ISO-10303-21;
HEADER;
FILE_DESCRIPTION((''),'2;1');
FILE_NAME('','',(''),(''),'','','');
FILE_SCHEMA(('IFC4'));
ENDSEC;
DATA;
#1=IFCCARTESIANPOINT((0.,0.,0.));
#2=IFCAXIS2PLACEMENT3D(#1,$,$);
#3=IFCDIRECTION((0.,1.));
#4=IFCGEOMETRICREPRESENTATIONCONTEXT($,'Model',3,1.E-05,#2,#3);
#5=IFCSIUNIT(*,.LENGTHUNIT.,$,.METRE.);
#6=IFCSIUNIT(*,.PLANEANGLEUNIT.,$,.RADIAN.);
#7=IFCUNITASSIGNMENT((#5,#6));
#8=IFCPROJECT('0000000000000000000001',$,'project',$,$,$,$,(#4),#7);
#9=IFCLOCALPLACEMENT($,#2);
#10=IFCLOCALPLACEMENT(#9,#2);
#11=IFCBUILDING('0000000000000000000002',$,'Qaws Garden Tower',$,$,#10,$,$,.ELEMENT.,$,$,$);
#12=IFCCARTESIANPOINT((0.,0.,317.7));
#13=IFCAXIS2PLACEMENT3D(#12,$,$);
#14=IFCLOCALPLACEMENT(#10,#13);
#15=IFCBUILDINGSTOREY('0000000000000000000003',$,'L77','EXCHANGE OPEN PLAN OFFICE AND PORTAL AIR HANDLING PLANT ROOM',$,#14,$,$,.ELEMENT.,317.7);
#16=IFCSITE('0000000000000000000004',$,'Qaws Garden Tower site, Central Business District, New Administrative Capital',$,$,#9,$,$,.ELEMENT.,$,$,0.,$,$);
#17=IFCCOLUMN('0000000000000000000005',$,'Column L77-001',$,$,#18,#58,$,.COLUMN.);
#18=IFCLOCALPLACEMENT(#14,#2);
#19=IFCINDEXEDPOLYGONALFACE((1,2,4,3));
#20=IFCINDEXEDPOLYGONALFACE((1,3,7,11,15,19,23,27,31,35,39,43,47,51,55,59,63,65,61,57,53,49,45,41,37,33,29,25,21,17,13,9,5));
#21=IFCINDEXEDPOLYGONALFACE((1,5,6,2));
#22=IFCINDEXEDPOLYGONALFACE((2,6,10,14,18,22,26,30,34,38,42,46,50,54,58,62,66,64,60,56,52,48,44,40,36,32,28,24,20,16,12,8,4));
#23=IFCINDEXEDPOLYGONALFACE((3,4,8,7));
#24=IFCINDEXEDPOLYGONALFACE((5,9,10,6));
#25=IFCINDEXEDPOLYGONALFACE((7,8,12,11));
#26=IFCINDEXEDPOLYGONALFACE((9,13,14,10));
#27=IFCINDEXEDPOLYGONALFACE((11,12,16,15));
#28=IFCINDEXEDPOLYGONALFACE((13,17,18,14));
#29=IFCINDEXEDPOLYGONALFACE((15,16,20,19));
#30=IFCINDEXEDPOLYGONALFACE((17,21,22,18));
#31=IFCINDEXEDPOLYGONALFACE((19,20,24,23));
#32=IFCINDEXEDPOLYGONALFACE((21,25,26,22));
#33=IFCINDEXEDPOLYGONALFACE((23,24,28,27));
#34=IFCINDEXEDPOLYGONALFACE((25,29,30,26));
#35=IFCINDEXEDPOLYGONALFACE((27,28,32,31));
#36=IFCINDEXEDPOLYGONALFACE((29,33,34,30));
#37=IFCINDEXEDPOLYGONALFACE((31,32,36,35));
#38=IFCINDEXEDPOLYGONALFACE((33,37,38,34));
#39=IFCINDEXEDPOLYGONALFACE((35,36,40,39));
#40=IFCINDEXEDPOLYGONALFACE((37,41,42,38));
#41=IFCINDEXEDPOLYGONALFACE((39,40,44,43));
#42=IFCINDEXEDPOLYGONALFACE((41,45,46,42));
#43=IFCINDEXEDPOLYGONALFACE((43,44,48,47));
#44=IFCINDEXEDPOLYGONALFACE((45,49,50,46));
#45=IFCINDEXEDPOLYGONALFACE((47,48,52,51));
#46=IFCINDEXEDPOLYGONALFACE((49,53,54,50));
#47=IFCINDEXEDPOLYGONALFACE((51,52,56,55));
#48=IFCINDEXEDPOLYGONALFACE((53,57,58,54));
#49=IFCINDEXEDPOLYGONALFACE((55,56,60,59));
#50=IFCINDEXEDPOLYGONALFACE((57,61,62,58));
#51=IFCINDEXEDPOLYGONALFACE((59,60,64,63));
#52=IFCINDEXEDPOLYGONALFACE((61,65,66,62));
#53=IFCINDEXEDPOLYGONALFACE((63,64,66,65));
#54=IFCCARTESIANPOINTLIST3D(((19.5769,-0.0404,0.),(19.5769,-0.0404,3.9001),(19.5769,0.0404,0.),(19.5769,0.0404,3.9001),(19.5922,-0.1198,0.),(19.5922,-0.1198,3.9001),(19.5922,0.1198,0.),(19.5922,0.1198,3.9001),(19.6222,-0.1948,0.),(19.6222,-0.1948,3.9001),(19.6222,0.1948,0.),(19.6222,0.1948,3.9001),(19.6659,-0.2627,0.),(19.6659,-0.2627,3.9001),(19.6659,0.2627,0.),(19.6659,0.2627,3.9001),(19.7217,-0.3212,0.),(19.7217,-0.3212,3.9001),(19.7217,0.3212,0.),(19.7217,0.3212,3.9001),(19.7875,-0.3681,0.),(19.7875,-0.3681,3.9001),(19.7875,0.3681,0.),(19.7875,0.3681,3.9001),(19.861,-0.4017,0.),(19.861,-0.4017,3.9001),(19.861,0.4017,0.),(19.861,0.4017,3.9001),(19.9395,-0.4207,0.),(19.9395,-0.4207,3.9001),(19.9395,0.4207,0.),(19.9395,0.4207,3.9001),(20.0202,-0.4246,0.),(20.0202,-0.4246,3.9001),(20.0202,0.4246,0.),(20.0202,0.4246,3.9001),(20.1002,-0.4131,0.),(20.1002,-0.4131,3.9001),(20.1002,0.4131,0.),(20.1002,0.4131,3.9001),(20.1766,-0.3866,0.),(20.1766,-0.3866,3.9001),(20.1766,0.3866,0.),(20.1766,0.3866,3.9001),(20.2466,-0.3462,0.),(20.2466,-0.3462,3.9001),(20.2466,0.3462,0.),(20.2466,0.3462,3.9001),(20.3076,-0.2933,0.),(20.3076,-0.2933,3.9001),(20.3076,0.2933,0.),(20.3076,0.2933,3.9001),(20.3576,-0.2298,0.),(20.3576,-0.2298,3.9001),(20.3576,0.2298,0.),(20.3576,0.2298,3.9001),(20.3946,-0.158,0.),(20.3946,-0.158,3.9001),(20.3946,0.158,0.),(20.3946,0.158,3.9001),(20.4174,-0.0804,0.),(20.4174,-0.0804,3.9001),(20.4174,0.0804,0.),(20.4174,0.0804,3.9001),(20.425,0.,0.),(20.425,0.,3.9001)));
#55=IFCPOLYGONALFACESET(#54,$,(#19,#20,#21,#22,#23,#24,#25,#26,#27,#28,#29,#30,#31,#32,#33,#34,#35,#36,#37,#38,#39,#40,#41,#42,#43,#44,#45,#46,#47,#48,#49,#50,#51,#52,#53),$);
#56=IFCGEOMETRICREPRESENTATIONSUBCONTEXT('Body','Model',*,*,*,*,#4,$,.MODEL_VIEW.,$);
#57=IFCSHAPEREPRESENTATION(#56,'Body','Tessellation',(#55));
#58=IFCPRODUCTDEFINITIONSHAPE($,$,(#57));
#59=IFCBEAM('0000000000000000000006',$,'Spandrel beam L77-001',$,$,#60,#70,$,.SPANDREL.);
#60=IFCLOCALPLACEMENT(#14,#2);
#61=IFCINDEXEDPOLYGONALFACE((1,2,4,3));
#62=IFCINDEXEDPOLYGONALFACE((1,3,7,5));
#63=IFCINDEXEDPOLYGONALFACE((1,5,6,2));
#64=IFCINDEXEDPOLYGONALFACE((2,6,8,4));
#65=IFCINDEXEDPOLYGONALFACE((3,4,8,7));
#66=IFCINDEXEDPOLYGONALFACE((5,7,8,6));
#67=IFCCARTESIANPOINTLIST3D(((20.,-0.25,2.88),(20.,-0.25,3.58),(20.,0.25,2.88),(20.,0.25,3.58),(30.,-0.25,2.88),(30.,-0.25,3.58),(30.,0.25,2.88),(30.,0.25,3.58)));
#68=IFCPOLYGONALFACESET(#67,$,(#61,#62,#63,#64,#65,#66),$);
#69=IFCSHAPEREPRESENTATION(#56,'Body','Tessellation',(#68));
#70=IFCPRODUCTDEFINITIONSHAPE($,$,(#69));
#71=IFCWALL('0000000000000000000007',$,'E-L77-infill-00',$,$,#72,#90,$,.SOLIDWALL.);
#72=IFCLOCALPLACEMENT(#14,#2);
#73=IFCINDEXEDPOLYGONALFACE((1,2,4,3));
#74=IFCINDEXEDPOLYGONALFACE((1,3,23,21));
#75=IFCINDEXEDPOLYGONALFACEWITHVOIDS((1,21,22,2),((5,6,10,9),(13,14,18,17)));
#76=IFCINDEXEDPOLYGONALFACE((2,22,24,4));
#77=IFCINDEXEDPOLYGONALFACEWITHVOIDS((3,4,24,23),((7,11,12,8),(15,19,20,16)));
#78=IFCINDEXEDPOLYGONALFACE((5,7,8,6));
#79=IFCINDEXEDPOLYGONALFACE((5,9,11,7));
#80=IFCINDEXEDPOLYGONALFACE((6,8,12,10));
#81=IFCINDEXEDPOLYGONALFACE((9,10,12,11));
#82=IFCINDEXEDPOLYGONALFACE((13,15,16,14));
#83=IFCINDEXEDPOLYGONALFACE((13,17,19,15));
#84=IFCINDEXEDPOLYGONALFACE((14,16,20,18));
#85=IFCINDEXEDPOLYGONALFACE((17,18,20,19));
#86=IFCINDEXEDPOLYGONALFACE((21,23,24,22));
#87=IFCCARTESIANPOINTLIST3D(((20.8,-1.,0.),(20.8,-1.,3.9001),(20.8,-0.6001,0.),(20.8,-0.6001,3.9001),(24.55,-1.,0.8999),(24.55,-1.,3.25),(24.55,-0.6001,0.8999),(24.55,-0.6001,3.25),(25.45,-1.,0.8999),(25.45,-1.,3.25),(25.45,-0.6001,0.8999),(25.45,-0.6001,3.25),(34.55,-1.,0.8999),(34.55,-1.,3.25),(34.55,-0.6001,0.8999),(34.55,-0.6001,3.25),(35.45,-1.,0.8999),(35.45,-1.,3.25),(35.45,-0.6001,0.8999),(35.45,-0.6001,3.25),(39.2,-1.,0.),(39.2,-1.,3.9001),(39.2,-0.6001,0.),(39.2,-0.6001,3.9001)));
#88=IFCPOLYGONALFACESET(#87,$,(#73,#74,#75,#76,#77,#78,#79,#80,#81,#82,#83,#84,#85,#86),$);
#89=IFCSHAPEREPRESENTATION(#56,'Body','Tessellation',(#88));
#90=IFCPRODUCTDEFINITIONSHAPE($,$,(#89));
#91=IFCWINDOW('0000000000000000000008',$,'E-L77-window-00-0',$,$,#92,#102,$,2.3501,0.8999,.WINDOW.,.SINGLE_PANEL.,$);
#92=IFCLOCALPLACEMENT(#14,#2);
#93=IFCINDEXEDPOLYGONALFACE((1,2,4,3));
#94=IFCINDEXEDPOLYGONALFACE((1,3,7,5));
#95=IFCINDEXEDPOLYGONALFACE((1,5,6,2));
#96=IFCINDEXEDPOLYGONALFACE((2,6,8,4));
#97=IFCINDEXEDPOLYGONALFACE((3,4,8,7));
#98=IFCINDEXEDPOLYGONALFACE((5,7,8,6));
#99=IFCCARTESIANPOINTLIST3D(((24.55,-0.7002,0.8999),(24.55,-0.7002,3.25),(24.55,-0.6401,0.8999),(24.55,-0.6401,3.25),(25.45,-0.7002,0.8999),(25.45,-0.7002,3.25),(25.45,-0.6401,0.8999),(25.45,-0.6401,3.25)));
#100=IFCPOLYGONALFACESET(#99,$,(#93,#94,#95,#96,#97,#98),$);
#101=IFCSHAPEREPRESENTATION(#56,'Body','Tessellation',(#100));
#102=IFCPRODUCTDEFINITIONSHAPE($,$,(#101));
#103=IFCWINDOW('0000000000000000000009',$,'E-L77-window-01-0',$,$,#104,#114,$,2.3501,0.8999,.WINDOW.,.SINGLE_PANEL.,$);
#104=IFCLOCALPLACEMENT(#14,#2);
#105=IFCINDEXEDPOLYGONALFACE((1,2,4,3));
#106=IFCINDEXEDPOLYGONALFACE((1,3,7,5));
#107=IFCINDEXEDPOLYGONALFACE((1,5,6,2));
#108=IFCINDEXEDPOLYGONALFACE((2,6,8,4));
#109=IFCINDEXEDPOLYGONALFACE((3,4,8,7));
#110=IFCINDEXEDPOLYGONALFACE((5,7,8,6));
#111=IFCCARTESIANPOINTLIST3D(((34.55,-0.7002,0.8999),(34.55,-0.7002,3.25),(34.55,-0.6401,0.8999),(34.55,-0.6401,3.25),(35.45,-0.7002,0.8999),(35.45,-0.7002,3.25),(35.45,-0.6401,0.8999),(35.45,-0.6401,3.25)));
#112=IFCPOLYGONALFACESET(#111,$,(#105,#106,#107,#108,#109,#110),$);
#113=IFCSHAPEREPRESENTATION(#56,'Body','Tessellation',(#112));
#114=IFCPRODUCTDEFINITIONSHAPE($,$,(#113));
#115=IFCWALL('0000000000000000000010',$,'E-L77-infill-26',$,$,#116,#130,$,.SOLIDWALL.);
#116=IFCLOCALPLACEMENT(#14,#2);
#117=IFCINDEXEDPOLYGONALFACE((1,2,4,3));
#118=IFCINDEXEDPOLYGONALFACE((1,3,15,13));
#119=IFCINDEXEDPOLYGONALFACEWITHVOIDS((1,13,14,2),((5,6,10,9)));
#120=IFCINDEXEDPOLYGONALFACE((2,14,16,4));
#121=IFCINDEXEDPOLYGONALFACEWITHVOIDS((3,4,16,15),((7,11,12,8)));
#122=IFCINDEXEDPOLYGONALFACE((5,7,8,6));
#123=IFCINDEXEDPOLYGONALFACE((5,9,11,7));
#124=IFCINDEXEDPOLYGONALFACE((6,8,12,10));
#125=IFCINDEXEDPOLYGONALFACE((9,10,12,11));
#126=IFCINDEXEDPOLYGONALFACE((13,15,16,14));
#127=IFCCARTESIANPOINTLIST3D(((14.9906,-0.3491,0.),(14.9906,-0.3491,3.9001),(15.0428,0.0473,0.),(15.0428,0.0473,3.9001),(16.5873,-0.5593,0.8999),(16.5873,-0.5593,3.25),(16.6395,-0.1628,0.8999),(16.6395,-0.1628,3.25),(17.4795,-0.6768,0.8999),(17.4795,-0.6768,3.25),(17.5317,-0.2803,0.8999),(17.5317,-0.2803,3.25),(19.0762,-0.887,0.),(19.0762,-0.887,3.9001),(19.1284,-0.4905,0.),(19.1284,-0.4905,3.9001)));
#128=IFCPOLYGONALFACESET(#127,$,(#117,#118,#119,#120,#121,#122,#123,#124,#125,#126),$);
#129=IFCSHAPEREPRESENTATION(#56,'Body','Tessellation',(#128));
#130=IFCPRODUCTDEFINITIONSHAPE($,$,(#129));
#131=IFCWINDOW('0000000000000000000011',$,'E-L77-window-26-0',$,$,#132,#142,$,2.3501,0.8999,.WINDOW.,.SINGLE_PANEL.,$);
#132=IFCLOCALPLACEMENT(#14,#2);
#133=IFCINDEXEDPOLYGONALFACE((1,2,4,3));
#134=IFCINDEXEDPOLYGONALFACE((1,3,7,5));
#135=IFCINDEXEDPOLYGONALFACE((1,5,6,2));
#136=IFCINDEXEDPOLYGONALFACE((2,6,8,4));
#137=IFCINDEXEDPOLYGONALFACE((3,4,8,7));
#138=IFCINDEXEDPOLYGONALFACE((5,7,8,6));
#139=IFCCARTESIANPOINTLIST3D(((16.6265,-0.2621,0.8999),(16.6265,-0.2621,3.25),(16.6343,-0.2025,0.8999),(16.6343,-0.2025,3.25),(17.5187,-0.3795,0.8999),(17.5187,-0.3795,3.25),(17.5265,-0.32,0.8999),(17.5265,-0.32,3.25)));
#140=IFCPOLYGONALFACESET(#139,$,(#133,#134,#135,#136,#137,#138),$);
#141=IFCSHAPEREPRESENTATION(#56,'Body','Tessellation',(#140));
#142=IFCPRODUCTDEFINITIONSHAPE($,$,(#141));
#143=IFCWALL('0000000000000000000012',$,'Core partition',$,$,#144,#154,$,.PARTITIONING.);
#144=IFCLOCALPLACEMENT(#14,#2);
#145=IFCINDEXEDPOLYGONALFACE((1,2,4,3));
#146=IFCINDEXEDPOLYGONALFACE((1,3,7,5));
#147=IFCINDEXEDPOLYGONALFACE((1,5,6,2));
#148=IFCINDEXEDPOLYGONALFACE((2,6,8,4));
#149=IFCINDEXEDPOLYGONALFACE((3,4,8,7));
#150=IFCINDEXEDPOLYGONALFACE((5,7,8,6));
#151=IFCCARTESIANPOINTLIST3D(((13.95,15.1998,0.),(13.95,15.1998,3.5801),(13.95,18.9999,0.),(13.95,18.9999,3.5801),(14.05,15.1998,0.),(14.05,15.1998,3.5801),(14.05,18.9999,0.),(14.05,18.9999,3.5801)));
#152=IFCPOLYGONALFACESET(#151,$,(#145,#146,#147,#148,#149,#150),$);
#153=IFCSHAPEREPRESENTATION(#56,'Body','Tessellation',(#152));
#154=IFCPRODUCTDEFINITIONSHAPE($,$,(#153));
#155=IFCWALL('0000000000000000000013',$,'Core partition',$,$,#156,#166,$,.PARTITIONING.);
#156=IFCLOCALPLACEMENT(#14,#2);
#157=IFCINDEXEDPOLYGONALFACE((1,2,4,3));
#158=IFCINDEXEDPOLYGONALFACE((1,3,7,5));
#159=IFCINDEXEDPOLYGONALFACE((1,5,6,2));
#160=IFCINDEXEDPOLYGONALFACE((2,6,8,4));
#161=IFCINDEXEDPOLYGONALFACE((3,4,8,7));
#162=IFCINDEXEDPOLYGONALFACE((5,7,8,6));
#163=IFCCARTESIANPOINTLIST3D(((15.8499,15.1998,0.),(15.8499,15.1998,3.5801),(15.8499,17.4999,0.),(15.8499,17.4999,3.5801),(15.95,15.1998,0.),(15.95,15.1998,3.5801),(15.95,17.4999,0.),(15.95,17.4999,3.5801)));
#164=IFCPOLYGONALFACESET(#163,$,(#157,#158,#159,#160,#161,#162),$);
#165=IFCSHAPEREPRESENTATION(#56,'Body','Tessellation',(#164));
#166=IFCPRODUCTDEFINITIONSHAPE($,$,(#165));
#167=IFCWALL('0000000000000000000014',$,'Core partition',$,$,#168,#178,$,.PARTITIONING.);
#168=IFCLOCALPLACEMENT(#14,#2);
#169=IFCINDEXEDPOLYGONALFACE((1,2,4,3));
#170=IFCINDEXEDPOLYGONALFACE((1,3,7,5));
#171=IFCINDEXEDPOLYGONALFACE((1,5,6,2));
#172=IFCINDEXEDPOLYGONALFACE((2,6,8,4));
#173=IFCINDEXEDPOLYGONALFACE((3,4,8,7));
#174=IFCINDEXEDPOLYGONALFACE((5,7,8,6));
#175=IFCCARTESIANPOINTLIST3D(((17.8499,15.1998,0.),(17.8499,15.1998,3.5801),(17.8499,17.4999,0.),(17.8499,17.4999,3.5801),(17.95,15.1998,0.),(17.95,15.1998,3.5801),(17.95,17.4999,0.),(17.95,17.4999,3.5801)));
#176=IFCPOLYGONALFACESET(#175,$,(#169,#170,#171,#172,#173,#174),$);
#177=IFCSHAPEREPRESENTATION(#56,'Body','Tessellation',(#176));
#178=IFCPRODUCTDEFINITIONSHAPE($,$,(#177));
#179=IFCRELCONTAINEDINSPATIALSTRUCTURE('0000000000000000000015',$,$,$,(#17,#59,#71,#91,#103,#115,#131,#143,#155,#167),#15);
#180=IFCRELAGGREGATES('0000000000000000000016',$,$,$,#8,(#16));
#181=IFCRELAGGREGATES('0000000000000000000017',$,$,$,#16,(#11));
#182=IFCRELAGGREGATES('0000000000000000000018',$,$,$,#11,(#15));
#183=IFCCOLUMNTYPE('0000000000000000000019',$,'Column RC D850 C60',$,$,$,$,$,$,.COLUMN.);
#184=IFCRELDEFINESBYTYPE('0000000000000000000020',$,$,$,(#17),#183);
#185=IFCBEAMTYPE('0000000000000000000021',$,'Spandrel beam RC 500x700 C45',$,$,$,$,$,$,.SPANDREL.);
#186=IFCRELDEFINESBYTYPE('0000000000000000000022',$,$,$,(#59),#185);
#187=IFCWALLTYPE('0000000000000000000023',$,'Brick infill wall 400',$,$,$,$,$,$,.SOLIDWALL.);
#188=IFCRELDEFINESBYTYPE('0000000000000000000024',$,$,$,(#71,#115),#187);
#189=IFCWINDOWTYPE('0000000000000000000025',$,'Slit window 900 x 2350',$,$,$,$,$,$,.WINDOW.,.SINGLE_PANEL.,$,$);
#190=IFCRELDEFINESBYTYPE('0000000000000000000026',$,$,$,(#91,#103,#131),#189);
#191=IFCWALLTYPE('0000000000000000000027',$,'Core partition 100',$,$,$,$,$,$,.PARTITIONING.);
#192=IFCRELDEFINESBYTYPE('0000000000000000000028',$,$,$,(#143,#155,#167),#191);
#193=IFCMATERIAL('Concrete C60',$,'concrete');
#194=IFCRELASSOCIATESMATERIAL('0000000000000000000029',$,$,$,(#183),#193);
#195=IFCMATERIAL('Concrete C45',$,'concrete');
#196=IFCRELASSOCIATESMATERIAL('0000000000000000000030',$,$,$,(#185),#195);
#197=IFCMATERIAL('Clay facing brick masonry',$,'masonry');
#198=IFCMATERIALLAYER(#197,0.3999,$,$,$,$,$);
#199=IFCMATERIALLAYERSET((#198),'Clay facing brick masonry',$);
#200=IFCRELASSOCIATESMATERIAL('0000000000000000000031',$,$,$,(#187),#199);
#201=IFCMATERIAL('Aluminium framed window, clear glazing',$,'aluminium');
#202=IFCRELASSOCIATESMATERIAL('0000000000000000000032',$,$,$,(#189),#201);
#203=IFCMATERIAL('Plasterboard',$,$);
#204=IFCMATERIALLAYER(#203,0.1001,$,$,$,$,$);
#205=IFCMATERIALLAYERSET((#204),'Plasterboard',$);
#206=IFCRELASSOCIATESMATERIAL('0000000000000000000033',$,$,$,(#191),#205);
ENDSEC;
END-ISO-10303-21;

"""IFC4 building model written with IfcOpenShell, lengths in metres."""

from ifc_helpers import new_model, si_unit, direction, frame, frame_2d, origin, origin_2d, place, context, subcontext, project, spatial, rectangle, circle, extrude, material, layer, layer_set, material_profile, profile_set, type_object, element, fill, save


model = new_model("IFC4")

# Units and contexts
model_context = context("Model", 3, precision=1e-05, world=origin(), true_north=direction((0.0, 1.0)))
body_context = subcontext(model_context, "Body", "Model", "MODEL_VIEW")
ifc_project = project(units=[si_unit("LENGTHUNIT", "METRE"), si_unit("PLANEANGLEUNIT", "RADIAN")], contexts=[model_context])

# Site, building, storey
site_placement = place(None, origin())
site = spatial("IfcSite", under=ifc_project, at=site_placement, Name="Qaws Garden Tower site, Central Business District, New Administrative Capital", CompositionType="ELEMENT", RefElevation=0.0)
building_placement = place(site_placement, origin())
building = spatial("IfcBuilding", under=site, at=building_placement, Name="Qaws Garden Tower", CompositionType="ELEMENT")
storey_placement = place(building_placement, frame((0.0, 0.0, 317.7)))
storey = spatial("IfcBuildingStorey", under=building, at=storey_placement, Name="L77", Description="EXCHANGE OPEN PLAN OFFICE AND PORTAL AIR HANDLING PLANT ROOM", CompositionType="ELEMENT", Elevation=317.7)

# Column
ifc_material_1 = material(Name="Concrete C60", Category="concrete")
ifc_material_profile_1 = material_profile(ifc_material_1, circle(Radius=0.425, at=origin_2d()), Name="RC D850")
ifc_profile_set_1 = profile_set([ifc_material_profile_1], Name="Concrete C60")
column_type = type_object("IfcColumnType", Name="Column RC D850 C60", PredefinedType="COLUMN", material=ifc_profile_set_1)
column_placement = place(storey_placement, frame((20.0, 0.0, 0.0), z_axis=(0.0, 0.0, 1.0), x_axis=(1.0, 0.0, 0.0)))
element("IfcColumn", 1, at=column_placement, inside=storey, type_object=column_type, Name="Column L77-001", PredefinedType="COLUMN", context=body_context, shape_type="SweptSolid", body=[
    extrude(circle(Radius=0.425, at=origin_2d()), origin(), (0.0, 0.0, 1.0), 3.9001),
])

# Beam
ifc_material_2 = material(Name="Concrete C45", Category="concrete")
ifc_material_profile_2 = material_profile(ifc_material_2, rectangle(XDim=0.5, YDim=0.7, at=origin_2d()), Name="RC 500x700")
ifc_profile_set_2 = profile_set([ifc_material_profile_2], Name="Concrete C45")
beam_type = type_object("IfcBeamType", Name="Spandrel beam RC 500x700 C45", PredefinedType="SPANDREL", material=ifc_profile_set_2)
beam_placement = place(storey_placement, frame((20.0, 0.0, 3.23), z_axis=(1.0, 0.0, 0.0), x_axis=(0.0, 1.0, 0.0)))
element("IfcBeam", 2, at=beam_placement, inside=storey, type_object=beam_type, Name="Spandrel beam L77-001", PredefinedType="SPANDREL", context=body_context, shape_type="SweptSolid", body=[
    extrude(rectangle(XDim=0.5, YDim=0.7, at=origin_2d()), origin(), (0.0, 0.0, 1.0), 10.0),
])

# Wall, openings, windows
ifc_material_3 = material(Name="Clay facing brick masonry", Category="masonry")
ifc_layer_1 = layer(ifc_material_3, 0.3999)
ifc_layer_set_1 = layer_set([ifc_layer_1], Name="Clay facing brick masonry")
wall_type_1 = type_object("IfcWallType", Name="Brick infill wall 400", PredefinedType="SOLIDWALL", material=ifc_layer_set_1)
wall_1_placement = place(storey_placement, frame((20.8, -0.8, 0.0), z_axis=(0.0, 0.0, 1.0), x_axis=(1.0, 0.0, 0.0)))
wall_1 = element("IfcWall", 3, at=wall_1_placement, inside=storey, type_object=wall_type_1, Name="E-L77-infill-00", PredefinedType="SOLIDWALL", context=body_context, shape_type="SweptSolid", body=[
    extrude(rectangle(XDim=18.3999, YDim=0.3999, at=frame_2d((9.2, 0.0))), origin(), (0.0, 0.0, 1.0), 3.9001),
])
opening_1_placement = place(wall_1_placement, frame((3.75, 0.0, 0.8999)))
opening_1 = element("IfcOpeningElement", 4, at=opening_1_placement, cuts=wall_1, PredefinedType="OPENING", context=body_context, shape_type="SweptSolid", body=[
    extrude(rectangle(XDim=0.8999, YDim=2.3501, at=frame_2d((0.45, 1.175))), frame((0.0, 0.21, 0.0), z_axis=(0.0, -1.0, 0.0), x_axis=(1.0, 0.0, 0.0)), (0.0, 0.0, 1.0), 0.4199),
])
opening_2_placement = place(wall_1_placement, frame((13.75, 0.0, 0.8999)))
opening_2 = element("IfcOpeningElement", 5, at=opening_2_placement, cuts=wall_1, PredefinedType="OPENING", context=body_context, shape_type="SweptSolid", body=[
    extrude(rectangle(XDim=0.8999, YDim=2.3501, at=frame_2d((0.45, 1.175))), frame((0.0, 0.21, 0.0), z_axis=(0.0, -1.0, 0.0), x_axis=(1.0, 0.0, 0.0)), (0.0, 0.0, 1.0), 0.4199),
])
ifc_material_4 = material(Name="Aluminium framed window, clear glazing", Category="aluminium")
window_type = type_object("IfcWindowType", Name="Slit window 900 x 2350", PartitioningType="SINGLE_PANEL", PredefinedType="WINDOW", material=ifc_material_4)
window_1_placement = place(opening_1_placement, origin())
window_1 = element("IfcWindow", 6, at=window_1_placement, inside=storey, type_object=window_type, Name="E-L77-window-00-0", OverallHeight=2.3501, OverallWidth=0.8999, PartitioningType="SINGLE_PANEL", PredefinedType="WINDOW", context=body_context, shape_type="SweptSolid", body=[
    extrude(rectangle(XDim=0.8999, YDim=2.3501, at=frame_2d((0.45, 1.175))), frame((0.0, 0.1599, 0.0), z_axis=(0.0, -1.0, 0.0), x_axis=(1.0, 0.0, 0.0)), (0.0, 0.0, 1.0), 0.0601),
])
fill(opening_1, window_1)
window_2_placement = place(opening_2_placement, origin())
window_2 = element("IfcWindow", 7, at=window_2_placement, inside=storey, type_object=window_type, Name="E-L77-window-01-0", OverallHeight=2.3501, OverallWidth=0.8999, PartitioningType="SINGLE_PANEL", PredefinedType="WINDOW", context=body_context, shape_type="SweptSolid", body=[
    extrude(rectangle(XDim=0.8999, YDim=2.3501, at=frame_2d((0.45, 1.175))), frame((0.0, 0.1599, 0.0), z_axis=(0.0, -1.0, 0.0), x_axis=(1.0, 0.0, 0.0)), (0.0, 0.0, 1.0), 0.0601),
])
fill(opening_2, window_2)

# Wall, opening, window
wall_2_placement = place(storey_placement, frame((15.0166, -0.1509, 0.0), z_axis=(0.0, 0.0, 1.0), x_axis=(0.991446, -0.130514, 0.0)))
wall_2 = element("IfcWall", 8, at=wall_2_placement, inside=storey, type_object=wall_type_1, Name="E-L77-infill-26", PredefinedType="SOLIDWALL", context=body_context, shape_type="SweptSolid", body=[
    extrude(rectangle(XDim=4.1208, YDim=0.3999, at=frame_2d((2.0605, 0.0))), origin(), (0.0, 0.0, 1.0), 3.9001),
])
opening_3_placement = place(wall_2_placement, frame((1.6106, 0.0, 0.8999)))
opening_3 = element("IfcOpeningElement", 9, at=opening_3_placement, cuts=wall_2, PredefinedType="OPENING", context=body_context, shape_type="SweptSolid", body=[
    extrude(rectangle(XDim=0.8999, YDim=2.3501, at=frame_2d((0.45, 1.175))), frame((0.0, 0.21, 0.0), z_axis=(0.0, -1.0, 0.0), x_axis=(1.0, 0.0, 0.0)), (0.0, 0.0, 1.0), 0.4199),
])
window_3_placement = place(opening_3_placement, origin())
window_3 = element("IfcWindow", 10, at=window_3_placement, inside=storey, type_object=window_type, Name="E-L77-window-26-0", OverallHeight=2.3501, OverallWidth=0.8999, PartitioningType="SINGLE_PANEL", PredefinedType="WINDOW", context=body_context, shape_type="SweptSolid", body=[
    extrude(rectangle(XDim=0.8999, YDim=2.3501, at=frame_2d((0.45, 1.175))), frame((0.0, 0.1599, 0.0), z_axis=(0.0, -1.0, 0.0), x_axis=(1.0, 0.0, 0.0)), (0.0, 0.0, 1.0), 0.0601),
])
fill(opening_3, window_3)

# Walls
ifc_material_5 = material(Name="Plasterboard")
ifc_layer_2 = layer(ifc_material_5, 0.1001)
ifc_layer_set_2 = layer_set([ifc_layer_2], Name="Plasterboard")
wall_type_2 = type_object("IfcWallType", Name="Core partition 100", PredefinedType="PARTITIONING", material=ifc_layer_set_2)
wall_3_placement = place(storey_placement, frame((14.0, 15.2, 0.0), z_axis=(0.0, 0.0, 1.0), x_axis=(0.0, 1.0, 0.0)))
element("IfcWall", 11, at=wall_3_placement, inside=storey, type_object=wall_type_2, Name="Core partition", PredefinedType="PARTITIONING", context=body_context, shape_type="SweptSolid", body=[
    extrude(rectangle(XDim=3.8, YDim=0.1001, at=frame_2d((1.8999, 0.0))), origin(), (0.0, 0.0, 1.0), 3.5801),
])
for number, where, z_axis, x_axis, name in (
    (12, (15.8999, 15.2, 0.0), (0.0, 0.0, 1.0), (0.0, 1.0, 0.0), "Core partition"),
    (13, (17.8999, 15.2, 0.0), (0.0, 0.0, 1.0), (0.0, 1.0, 0.0), "Core partition"),
):
    element("IfcWall", number, at=place(storey_placement, frame(where, z_axis=z_axis, x_axis=x_axis)), inside=storey, type_object=wall_type_2, Name=name, PredefinedType="PARTITIONING", context=body_context, shape_type="SweptSolid", body=[
        extrude(rectangle(XDim=2.3, YDim=0.1001, at=frame_2d((1.1499, 0.0))), origin(), (0.0, 0.0, 1.0), 3.5801),
    ])

save(model, "model.ifc")
